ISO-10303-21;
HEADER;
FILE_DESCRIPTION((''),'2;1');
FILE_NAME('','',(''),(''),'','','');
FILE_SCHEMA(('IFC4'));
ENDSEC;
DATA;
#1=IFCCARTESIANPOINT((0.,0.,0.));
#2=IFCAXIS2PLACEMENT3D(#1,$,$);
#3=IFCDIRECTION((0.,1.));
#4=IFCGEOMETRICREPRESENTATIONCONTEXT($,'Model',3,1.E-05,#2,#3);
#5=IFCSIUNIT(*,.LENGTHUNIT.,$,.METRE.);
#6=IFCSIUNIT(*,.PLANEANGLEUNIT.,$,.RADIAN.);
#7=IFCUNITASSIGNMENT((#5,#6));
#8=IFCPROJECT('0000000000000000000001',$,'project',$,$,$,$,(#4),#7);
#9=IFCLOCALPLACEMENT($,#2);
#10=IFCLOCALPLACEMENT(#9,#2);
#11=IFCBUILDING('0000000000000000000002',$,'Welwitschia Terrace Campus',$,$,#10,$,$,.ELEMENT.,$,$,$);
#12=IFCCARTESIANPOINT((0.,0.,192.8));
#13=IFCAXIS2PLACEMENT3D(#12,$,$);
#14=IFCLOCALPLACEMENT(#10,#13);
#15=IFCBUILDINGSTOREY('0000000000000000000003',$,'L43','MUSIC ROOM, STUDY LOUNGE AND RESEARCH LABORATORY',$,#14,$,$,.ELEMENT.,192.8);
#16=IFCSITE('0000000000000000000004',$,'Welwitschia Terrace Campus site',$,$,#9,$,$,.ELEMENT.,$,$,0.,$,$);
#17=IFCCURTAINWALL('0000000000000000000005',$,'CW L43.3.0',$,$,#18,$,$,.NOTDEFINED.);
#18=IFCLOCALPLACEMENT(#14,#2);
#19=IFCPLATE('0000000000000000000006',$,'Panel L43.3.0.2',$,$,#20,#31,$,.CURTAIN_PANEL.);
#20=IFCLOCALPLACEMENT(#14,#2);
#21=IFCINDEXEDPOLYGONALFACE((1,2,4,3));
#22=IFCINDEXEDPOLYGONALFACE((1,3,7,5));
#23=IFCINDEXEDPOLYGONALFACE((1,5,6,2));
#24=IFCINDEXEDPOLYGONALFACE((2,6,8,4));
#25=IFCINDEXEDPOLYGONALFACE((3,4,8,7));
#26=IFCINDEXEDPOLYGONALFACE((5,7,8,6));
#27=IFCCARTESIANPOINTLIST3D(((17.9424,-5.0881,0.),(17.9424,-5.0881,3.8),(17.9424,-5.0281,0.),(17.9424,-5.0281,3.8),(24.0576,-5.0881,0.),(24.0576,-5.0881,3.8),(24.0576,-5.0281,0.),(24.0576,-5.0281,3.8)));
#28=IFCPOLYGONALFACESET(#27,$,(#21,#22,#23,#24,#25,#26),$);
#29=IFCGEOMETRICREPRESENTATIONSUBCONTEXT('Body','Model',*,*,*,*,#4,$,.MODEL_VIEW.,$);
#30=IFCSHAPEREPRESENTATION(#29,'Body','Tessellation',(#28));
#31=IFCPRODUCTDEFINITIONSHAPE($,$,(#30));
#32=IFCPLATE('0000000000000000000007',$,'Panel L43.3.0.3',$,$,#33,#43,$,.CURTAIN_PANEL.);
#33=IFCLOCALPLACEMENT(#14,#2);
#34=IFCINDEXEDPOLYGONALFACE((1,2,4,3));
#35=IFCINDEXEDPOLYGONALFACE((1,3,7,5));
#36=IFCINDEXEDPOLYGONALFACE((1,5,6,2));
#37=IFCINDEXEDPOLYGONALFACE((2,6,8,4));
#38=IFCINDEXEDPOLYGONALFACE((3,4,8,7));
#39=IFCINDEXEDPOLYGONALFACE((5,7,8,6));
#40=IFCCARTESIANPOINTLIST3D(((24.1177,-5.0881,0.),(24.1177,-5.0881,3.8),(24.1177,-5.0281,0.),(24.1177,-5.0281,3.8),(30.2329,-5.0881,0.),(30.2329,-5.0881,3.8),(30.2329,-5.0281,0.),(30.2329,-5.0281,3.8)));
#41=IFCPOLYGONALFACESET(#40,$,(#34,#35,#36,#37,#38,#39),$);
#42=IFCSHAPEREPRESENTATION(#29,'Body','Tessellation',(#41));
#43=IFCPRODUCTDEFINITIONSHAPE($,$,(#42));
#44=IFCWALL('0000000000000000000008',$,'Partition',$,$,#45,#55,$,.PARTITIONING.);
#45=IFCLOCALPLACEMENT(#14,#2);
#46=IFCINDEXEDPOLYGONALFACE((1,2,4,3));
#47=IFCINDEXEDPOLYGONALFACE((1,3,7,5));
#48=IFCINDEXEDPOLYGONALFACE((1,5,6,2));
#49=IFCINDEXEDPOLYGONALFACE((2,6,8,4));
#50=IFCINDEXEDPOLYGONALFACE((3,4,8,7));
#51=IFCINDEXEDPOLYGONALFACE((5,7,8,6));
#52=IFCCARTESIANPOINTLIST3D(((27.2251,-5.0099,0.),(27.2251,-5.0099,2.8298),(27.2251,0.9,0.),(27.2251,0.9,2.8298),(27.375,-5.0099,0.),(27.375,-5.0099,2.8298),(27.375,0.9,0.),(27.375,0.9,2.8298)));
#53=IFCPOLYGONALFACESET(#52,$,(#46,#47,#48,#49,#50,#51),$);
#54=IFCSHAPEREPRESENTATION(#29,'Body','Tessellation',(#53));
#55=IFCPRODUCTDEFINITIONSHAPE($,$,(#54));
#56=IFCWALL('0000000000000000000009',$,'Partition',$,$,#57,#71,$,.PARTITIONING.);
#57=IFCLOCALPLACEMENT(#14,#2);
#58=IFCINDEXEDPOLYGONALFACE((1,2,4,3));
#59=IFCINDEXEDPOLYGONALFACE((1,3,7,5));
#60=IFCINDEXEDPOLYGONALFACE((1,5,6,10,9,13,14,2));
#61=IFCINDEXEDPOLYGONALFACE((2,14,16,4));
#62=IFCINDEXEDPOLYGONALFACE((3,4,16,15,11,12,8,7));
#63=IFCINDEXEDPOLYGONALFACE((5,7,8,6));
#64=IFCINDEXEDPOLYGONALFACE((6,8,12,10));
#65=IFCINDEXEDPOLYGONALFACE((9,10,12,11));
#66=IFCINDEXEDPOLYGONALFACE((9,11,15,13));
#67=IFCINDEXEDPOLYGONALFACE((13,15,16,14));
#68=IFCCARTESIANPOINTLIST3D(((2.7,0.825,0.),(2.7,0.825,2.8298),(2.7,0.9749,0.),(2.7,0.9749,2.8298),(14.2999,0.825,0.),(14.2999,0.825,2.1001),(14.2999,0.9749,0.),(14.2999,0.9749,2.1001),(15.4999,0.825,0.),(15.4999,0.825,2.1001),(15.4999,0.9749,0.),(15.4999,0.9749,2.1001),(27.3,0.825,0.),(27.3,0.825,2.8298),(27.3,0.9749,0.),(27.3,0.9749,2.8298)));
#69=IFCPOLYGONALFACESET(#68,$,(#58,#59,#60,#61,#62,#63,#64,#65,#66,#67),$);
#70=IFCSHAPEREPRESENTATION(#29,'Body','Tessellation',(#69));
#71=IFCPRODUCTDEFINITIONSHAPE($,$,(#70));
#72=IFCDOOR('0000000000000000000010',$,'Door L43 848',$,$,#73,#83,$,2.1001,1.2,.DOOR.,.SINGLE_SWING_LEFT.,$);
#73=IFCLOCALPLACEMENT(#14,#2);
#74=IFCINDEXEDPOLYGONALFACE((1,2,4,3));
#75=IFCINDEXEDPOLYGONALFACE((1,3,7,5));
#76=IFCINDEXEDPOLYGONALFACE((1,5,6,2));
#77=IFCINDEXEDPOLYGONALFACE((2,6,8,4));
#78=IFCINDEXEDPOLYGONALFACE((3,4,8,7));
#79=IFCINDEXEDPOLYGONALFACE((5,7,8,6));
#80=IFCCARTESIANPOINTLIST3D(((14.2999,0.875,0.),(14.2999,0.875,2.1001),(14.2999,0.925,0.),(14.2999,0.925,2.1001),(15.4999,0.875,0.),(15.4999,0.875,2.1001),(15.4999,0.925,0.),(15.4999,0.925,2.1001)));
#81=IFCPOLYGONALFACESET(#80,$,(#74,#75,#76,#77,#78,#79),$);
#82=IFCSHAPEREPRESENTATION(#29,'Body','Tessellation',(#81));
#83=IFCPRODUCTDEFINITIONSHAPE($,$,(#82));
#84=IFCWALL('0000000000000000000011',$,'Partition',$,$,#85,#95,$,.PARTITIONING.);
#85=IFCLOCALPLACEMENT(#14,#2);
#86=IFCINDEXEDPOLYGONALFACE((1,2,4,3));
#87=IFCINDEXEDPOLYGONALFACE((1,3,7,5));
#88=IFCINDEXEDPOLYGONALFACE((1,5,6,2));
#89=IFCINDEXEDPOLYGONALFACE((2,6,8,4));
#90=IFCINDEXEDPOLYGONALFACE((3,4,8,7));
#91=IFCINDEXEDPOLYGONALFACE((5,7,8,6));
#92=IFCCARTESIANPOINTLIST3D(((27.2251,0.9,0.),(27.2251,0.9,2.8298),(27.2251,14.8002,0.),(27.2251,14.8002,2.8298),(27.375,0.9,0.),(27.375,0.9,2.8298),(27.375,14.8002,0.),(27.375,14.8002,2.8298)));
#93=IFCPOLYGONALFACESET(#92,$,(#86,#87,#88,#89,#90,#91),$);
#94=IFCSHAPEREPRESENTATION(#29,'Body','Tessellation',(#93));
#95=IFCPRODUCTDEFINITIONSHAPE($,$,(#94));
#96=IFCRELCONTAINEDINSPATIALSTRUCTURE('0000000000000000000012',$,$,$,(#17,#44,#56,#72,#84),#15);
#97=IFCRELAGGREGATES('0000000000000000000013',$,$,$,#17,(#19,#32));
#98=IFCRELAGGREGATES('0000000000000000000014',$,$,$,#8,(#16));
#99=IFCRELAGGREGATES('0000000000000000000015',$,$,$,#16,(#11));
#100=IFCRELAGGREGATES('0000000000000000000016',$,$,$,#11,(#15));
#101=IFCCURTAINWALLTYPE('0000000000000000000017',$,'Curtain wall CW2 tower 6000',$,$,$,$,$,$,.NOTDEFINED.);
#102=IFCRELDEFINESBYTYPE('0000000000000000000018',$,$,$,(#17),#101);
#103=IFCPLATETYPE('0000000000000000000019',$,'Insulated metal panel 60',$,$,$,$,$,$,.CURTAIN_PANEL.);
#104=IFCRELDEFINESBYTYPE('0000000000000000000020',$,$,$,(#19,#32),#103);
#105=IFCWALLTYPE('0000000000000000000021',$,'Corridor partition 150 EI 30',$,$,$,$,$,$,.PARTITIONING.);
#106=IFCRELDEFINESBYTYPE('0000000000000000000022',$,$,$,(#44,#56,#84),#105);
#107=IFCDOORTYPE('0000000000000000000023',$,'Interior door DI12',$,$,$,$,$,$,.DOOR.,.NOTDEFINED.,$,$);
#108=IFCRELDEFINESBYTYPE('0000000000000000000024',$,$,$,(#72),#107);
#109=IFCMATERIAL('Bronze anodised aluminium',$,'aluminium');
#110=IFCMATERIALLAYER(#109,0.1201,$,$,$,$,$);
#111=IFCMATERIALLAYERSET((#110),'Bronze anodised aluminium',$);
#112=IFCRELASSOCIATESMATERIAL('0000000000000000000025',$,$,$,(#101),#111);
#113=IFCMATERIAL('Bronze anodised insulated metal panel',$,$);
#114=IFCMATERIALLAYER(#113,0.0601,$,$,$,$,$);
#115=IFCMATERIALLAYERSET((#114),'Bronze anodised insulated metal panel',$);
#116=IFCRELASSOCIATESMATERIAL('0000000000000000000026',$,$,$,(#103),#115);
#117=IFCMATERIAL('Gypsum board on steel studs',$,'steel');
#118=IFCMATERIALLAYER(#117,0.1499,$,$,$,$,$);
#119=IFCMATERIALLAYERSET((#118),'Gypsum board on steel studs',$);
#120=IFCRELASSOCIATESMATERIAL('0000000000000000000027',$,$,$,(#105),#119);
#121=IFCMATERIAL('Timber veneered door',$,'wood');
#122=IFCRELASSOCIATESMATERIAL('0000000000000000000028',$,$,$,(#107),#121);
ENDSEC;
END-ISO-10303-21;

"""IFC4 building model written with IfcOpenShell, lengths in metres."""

from ifc_helpers import new_model, si_unit, direction, frame, frame_2d, origin, origin_2d, place, context, subcontext, project, spatial, rectangle, extrude, material, layer, layer_set, type_object, element, fill, aggregate, save


model = new_model("IFC4")

# Units and contexts
model_context = context("Model", 3, precision=1e-05, world=origin(), true_north=direction((0.0, 1.0)))
body_context = subcontext(model_context, "Body", "Model", "MODEL_VIEW")
ifc_project = project(units=[si_unit("LENGTHUNIT", "METRE"), si_unit("PLANEANGLEUNIT", "RADIAN")], contexts=[model_context])

# Site, building, storey
site_placement = place(None, origin())
site = spatial("IfcSite", under=ifc_project, at=site_placement, Name="Welwitschia Terrace Campus site", CompositionType="ELEMENT", RefElevation=0.0)
building_placement = place(site_placement, origin())
building = spatial("IfcBuilding", under=site, at=building_placement, Name="Welwitschia Terrace Campus", CompositionType="ELEMENT")
storey_placement = place(building_placement, frame((0.0, 0.0, 192.8)))
storey = spatial("IfcBuildingStorey", under=building, at=storey_placement, Name="L43", Description="MUSIC ROOM, STUDY LOUNGE AND RESEARCH LABORATORY", CompositionType="ELEMENT", Elevation=192.8)

# Curtain wall
ifc_material_1 = material(Name="Bronze anodised aluminium", Category="aluminium")
ifc_layer_1 = layer(ifc_material_1, 0.1201)
ifc_layer_set_1 = layer_set([ifc_layer_1], Name="Bronze anodised aluminium")
curtain_wall_type = type_object("IfcCurtainWallType", Name="Curtain wall CW2 tower 6000", PredefinedType="NOTDEFINED", material=ifc_layer_set_1)
curtain_wall_placement = place(storey_placement, origin())
curtain_wall = element("IfcCurtainWall", 1, at=curtain_wall_placement, inside=storey, type_object=curtain_wall_type, Name="CW L43.3.0", PredefinedType="NOTDEFINED")

# Plates
ifc_material_2 = material(Name="Bronze anodised insulated metal panel")
ifc_layer_2 = layer(ifc_material_2, 0.0601)
ifc_layer_set_2 = layer_set([ifc_layer_2], Name="Bronze anodised insulated metal panel")
plate_type_1 = type_object("IfcPlateType", Name="Insulated metal panel 60", PredefinedType="CURTAIN_PANEL", material=ifc_layer_set_2)
plate_1_placement = place(storey_placement, frame((21.0, -5.0581, 0.0), z_axis=(0.0, 0.0, 1.0), x_axis=(1.0, 0.0, 0.0)))
plate_1 = element("IfcPlate", 2, at=plate_1_placement, type_object=plate_type_1, Name="Panel L43.3.0.2", PredefinedType="CURTAIN_PANEL", context=body_context, shape_type="SweptSolid", body=[
    extrude(rectangle(XDim=6.1152, YDim=0.0601, at=origin_2d()), origin(), (0.0, 0.0, 1.0), 3.8),
])
plate_2_placement = place(storey_placement, frame((27.1753, -5.0581, 0.0), z_axis=(0.0, 0.0, 1.0), x_axis=(1.0, 0.0, 0.0)))
plate_2 = element("IfcPlate", 3, at=plate_2_placement, type_object=plate_type_1, Name="Panel L43.3.0.3", PredefinedType="CURTAIN_PANEL", context=body_context, shape_type="SweptSolid", body=[
    extrude(rectangle(XDim=6.1152, YDim=0.0601, at=origin_2d()), origin(), (0.0, 0.0, 1.0), 3.8),
])
aggregate(curtain_wall, [plate_1, plate_2])

# Wall
ifc_material_3 = material(Name="Gypsum board on steel studs", Category="steel")
ifc_layer_3 = layer(ifc_material_3, 0.1499)
ifc_layer_set_3 = layer_set([ifc_layer_3], Name="Gypsum board on steel studs")
wall_type = type_object("IfcWallType", Name="Corridor partition 150 EI 30", PredefinedType="PARTITIONING", material=ifc_layer_set_3)
wall_1_placement = place(storey_placement, frame((27.3, -5.01, 0.0), z_axis=(0.0, 0.0, 1.0), x_axis=(0.0, 1.0, 0.0)))
element("IfcWall", 4, at=wall_1_placement, inside=storey, type_object=wall_type, Name="Partition", PredefinedType="PARTITIONING", context=body_context, shape_type="SweptSolid", body=[
    extrude(rectangle(XDim=5.9099, YDim=0.1499, at=frame_2d((2.9551, 0.0))), origin(), (0.0, 0.0, 1.0), 2.8298),
])

# Wall, opening, door
wall_2_placement = place(storey_placement, frame((27.3, 0.8999, 0.0), z_axis=(0.0, 0.0, 1.0), x_axis=(-1.0, 0.0, 0.0)))
wall_2 = element("IfcWall", 5, at=wall_2_placement, inside=storey, type_object=wall_type, Name="Partition", PredefinedType="PARTITIONING", context=body_context, shape_type="SweptSolid", body=[
    extrude(rectangle(XDim=24.6001, YDim=0.1499, at=frame_2d((12.3, 0.0))), origin(), (0.0, 0.0, 1.0), 2.8298),
])
opening_placement = place(wall_2_placement, frame((11.8, 0.0, 0.0)))
opening = element("IfcOpeningElement", 6, at=opening_placement, cuts=wall_2, PredefinedType="OPENING", context=body_context, shape_type="SweptSolid", body=[
    extrude(rectangle(XDim=1.2, YDim=2.1001, at=frame_2d((0.6001, 1.05))), frame((0.0, 0.085, 0.0), z_axis=(0.0, -1.0, 0.0), x_axis=(1.0, 0.0, 0.0)), (0.0, 0.0, 1.0), 0.1699),
])
ifc_material_4 = material(Name="Timber veneered door", Category="wood")
door_type = type_object("IfcDoorType", Name="Interior door DI12", OperationType="NOTDEFINED", PredefinedType="DOOR", material=ifc_material_4)
door_placement = place(opening_placement, origin())
door = element("IfcDoor", 7, at=door_placement, inside=storey, type_object=door_type, Name="Door L43 848", OperationType="SINGLE_SWING_LEFT", OverallHeight=2.1001, OverallWidth=1.2, PredefinedType="DOOR", context=body_context, shape_type="SweptSolid", body=[
    extrude(rectangle(XDim=1.2, YDim=2.1001, at=frame_2d((0.6001, 1.05))), frame((0.0, 0.0249, 0.0), z_axis=(0.0, -1.0, 0.0), x_axis=(1.0, 0.0, 0.0)), (0.0, 0.0, 1.0), 0.05),
])
fill(opening, door)

# Wall
wall_3_placement = place(storey_placement, frame((27.3, 0.8999, 0.0), z_axis=(0.0, 0.0, 1.0), x_axis=(0.0, 1.0, 0.0)))
element("IfcWall", 8, at=wall_3_placement, inside=storey, type_object=wall_type, Name="Partition", PredefinedType="PARTITIONING", context=body_context, shape_type="SweptSolid", body=[
    extrude(rectangle(XDim=13.9001, YDim=0.1499, at=frame_2d((6.9502, 0.0))), origin(), (0.0, 0.0, 1.0), 2.8298),
])

save(model, "model.ifc")
